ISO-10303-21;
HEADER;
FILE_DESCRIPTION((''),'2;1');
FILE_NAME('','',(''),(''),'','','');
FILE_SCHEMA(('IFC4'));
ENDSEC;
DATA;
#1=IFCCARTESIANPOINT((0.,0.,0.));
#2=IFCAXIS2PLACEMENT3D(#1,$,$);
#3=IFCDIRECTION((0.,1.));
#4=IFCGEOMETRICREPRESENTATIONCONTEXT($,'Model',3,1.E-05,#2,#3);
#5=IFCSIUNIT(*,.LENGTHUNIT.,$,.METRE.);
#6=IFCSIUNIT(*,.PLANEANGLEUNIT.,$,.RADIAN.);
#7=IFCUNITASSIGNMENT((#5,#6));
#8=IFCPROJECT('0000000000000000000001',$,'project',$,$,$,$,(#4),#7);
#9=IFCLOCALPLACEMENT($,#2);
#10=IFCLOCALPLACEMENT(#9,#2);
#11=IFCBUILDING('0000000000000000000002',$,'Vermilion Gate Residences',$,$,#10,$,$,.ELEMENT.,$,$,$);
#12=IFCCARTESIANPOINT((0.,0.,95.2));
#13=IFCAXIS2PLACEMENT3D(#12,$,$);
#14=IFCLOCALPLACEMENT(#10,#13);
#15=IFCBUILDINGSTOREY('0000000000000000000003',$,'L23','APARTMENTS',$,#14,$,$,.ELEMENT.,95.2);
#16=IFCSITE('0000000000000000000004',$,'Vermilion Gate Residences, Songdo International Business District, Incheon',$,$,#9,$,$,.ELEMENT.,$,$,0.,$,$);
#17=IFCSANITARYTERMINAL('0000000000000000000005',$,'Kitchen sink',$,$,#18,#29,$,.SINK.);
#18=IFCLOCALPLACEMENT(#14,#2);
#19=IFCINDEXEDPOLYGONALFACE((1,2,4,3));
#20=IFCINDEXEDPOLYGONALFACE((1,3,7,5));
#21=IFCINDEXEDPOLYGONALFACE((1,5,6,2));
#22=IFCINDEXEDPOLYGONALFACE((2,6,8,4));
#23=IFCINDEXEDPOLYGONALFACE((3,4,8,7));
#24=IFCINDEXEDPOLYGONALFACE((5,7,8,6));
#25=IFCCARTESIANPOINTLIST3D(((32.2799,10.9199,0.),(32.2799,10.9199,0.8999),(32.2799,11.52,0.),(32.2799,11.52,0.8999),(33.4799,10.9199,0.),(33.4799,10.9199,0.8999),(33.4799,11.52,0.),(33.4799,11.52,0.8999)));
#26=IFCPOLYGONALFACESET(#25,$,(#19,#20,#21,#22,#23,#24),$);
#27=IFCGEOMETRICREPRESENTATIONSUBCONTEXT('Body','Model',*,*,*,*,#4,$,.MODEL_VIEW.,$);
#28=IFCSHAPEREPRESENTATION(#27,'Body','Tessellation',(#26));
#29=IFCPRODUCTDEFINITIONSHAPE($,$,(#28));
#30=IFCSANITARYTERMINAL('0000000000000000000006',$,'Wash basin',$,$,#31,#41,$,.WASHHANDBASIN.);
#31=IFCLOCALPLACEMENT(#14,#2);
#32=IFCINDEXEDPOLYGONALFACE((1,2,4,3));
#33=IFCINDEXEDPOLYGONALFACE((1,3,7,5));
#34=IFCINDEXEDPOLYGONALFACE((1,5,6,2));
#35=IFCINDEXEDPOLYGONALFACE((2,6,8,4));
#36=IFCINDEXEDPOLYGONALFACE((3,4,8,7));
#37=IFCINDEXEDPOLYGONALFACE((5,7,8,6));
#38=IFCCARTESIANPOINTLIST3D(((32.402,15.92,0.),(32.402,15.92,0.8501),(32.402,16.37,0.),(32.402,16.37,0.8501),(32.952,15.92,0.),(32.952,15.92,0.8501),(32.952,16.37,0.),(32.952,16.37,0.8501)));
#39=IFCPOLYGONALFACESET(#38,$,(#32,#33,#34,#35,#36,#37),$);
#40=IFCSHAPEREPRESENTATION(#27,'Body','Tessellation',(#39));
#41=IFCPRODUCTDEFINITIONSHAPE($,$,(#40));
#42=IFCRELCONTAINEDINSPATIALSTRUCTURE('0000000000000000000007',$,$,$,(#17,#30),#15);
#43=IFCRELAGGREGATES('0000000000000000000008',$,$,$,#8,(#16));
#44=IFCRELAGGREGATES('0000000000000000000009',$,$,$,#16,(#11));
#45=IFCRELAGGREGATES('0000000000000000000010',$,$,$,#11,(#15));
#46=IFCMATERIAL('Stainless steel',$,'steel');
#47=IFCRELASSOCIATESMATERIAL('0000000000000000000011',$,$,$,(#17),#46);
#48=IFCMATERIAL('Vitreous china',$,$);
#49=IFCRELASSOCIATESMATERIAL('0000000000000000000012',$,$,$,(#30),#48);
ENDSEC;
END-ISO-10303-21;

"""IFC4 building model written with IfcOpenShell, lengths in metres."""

from ifc_helpers import new_model, si_unit, direction, frame, origin, origin_2d, place, context, subcontext, project, spatial, rectangle, extrude, material, element, save


model = new_model("IFC4")

# Units and contexts
model_context = context("Model", 3, precision=1e-05, world=origin(), true_north=direction((0.0, 1.0)))
body_context = subcontext(model_context, "Body", "Model", "MODEL_VIEW")
ifc_project = project(units=[si_unit("LENGTHUNIT", "METRE"), si_unit("PLANEANGLEUNIT", "RADIAN")], contexts=[model_context])

# Site, building, storey
site_placement = place(None, origin())
site = spatial("IfcSite", under=ifc_project, at=site_placement, Name="Vermilion Gate Residences, Songdo International Business District, Incheon", CompositionType="ELEMENT", RefElevation=0.0)
building_placement = place(site_placement, origin())
building = spatial("IfcBuilding", under=site, at=building_placement, Name="Vermilion Gate Residences", CompositionType="ELEMENT")
storey_placement = place(building_placement, frame((0.0, 0.0, 95.2)))
storey = spatial("IfcBuildingStorey", under=building, at=storey_placement, Name="L23", Description="APARTMENTS", CompositionType="ELEMENT", Elevation=95.2)

# Sanitary terminals
ifc_material_1 = material(Name="Stainless steel", Category="steel")
sanitary_terminal_1_placement = place(storey_placement, frame((32.8799, 11.22, 0.0), z_axis=(0.0, 0.0, 1.0), x_axis=(1.0, 0.0, 0.0)))
element("IfcSanitaryTerminal", 1, at=sanitary_terminal_1_placement, inside=storey, material=ifc_material_1, Name="Kitchen sink", PredefinedType="SINK", context=body_context, shape_type="SweptSolid", body=[
    extrude(rectangle(XDim=1.2, YDim=0.6001, at=origin_2d()), origin(), (0.0, 0.0, 1.0), 0.8999),
])
ifc_material_2 = material(Name="Vitreous china")
sanitary_terminal_2_placement = place(storey_placement, frame((32.677, 16.145, 0.0), z_axis=(0.0, 0.0, 1.0), x_axis=(1.0, 0.0, 0.0)))
element("IfcSanitaryTerminal", 2, at=sanitary_terminal_2_placement, inside=storey, material=ifc_material_2, Name="Wash basin", PredefinedType="WASHHANDBASIN", context=body_context, shape_type="SweptSolid", body=[
    extrude(rectangle(XDim=0.55, YDim=0.45, at=origin_2d()), origin(), (0.0, 0.0, 1.0), 0.8501),
])

save(model, "model.ifc")
